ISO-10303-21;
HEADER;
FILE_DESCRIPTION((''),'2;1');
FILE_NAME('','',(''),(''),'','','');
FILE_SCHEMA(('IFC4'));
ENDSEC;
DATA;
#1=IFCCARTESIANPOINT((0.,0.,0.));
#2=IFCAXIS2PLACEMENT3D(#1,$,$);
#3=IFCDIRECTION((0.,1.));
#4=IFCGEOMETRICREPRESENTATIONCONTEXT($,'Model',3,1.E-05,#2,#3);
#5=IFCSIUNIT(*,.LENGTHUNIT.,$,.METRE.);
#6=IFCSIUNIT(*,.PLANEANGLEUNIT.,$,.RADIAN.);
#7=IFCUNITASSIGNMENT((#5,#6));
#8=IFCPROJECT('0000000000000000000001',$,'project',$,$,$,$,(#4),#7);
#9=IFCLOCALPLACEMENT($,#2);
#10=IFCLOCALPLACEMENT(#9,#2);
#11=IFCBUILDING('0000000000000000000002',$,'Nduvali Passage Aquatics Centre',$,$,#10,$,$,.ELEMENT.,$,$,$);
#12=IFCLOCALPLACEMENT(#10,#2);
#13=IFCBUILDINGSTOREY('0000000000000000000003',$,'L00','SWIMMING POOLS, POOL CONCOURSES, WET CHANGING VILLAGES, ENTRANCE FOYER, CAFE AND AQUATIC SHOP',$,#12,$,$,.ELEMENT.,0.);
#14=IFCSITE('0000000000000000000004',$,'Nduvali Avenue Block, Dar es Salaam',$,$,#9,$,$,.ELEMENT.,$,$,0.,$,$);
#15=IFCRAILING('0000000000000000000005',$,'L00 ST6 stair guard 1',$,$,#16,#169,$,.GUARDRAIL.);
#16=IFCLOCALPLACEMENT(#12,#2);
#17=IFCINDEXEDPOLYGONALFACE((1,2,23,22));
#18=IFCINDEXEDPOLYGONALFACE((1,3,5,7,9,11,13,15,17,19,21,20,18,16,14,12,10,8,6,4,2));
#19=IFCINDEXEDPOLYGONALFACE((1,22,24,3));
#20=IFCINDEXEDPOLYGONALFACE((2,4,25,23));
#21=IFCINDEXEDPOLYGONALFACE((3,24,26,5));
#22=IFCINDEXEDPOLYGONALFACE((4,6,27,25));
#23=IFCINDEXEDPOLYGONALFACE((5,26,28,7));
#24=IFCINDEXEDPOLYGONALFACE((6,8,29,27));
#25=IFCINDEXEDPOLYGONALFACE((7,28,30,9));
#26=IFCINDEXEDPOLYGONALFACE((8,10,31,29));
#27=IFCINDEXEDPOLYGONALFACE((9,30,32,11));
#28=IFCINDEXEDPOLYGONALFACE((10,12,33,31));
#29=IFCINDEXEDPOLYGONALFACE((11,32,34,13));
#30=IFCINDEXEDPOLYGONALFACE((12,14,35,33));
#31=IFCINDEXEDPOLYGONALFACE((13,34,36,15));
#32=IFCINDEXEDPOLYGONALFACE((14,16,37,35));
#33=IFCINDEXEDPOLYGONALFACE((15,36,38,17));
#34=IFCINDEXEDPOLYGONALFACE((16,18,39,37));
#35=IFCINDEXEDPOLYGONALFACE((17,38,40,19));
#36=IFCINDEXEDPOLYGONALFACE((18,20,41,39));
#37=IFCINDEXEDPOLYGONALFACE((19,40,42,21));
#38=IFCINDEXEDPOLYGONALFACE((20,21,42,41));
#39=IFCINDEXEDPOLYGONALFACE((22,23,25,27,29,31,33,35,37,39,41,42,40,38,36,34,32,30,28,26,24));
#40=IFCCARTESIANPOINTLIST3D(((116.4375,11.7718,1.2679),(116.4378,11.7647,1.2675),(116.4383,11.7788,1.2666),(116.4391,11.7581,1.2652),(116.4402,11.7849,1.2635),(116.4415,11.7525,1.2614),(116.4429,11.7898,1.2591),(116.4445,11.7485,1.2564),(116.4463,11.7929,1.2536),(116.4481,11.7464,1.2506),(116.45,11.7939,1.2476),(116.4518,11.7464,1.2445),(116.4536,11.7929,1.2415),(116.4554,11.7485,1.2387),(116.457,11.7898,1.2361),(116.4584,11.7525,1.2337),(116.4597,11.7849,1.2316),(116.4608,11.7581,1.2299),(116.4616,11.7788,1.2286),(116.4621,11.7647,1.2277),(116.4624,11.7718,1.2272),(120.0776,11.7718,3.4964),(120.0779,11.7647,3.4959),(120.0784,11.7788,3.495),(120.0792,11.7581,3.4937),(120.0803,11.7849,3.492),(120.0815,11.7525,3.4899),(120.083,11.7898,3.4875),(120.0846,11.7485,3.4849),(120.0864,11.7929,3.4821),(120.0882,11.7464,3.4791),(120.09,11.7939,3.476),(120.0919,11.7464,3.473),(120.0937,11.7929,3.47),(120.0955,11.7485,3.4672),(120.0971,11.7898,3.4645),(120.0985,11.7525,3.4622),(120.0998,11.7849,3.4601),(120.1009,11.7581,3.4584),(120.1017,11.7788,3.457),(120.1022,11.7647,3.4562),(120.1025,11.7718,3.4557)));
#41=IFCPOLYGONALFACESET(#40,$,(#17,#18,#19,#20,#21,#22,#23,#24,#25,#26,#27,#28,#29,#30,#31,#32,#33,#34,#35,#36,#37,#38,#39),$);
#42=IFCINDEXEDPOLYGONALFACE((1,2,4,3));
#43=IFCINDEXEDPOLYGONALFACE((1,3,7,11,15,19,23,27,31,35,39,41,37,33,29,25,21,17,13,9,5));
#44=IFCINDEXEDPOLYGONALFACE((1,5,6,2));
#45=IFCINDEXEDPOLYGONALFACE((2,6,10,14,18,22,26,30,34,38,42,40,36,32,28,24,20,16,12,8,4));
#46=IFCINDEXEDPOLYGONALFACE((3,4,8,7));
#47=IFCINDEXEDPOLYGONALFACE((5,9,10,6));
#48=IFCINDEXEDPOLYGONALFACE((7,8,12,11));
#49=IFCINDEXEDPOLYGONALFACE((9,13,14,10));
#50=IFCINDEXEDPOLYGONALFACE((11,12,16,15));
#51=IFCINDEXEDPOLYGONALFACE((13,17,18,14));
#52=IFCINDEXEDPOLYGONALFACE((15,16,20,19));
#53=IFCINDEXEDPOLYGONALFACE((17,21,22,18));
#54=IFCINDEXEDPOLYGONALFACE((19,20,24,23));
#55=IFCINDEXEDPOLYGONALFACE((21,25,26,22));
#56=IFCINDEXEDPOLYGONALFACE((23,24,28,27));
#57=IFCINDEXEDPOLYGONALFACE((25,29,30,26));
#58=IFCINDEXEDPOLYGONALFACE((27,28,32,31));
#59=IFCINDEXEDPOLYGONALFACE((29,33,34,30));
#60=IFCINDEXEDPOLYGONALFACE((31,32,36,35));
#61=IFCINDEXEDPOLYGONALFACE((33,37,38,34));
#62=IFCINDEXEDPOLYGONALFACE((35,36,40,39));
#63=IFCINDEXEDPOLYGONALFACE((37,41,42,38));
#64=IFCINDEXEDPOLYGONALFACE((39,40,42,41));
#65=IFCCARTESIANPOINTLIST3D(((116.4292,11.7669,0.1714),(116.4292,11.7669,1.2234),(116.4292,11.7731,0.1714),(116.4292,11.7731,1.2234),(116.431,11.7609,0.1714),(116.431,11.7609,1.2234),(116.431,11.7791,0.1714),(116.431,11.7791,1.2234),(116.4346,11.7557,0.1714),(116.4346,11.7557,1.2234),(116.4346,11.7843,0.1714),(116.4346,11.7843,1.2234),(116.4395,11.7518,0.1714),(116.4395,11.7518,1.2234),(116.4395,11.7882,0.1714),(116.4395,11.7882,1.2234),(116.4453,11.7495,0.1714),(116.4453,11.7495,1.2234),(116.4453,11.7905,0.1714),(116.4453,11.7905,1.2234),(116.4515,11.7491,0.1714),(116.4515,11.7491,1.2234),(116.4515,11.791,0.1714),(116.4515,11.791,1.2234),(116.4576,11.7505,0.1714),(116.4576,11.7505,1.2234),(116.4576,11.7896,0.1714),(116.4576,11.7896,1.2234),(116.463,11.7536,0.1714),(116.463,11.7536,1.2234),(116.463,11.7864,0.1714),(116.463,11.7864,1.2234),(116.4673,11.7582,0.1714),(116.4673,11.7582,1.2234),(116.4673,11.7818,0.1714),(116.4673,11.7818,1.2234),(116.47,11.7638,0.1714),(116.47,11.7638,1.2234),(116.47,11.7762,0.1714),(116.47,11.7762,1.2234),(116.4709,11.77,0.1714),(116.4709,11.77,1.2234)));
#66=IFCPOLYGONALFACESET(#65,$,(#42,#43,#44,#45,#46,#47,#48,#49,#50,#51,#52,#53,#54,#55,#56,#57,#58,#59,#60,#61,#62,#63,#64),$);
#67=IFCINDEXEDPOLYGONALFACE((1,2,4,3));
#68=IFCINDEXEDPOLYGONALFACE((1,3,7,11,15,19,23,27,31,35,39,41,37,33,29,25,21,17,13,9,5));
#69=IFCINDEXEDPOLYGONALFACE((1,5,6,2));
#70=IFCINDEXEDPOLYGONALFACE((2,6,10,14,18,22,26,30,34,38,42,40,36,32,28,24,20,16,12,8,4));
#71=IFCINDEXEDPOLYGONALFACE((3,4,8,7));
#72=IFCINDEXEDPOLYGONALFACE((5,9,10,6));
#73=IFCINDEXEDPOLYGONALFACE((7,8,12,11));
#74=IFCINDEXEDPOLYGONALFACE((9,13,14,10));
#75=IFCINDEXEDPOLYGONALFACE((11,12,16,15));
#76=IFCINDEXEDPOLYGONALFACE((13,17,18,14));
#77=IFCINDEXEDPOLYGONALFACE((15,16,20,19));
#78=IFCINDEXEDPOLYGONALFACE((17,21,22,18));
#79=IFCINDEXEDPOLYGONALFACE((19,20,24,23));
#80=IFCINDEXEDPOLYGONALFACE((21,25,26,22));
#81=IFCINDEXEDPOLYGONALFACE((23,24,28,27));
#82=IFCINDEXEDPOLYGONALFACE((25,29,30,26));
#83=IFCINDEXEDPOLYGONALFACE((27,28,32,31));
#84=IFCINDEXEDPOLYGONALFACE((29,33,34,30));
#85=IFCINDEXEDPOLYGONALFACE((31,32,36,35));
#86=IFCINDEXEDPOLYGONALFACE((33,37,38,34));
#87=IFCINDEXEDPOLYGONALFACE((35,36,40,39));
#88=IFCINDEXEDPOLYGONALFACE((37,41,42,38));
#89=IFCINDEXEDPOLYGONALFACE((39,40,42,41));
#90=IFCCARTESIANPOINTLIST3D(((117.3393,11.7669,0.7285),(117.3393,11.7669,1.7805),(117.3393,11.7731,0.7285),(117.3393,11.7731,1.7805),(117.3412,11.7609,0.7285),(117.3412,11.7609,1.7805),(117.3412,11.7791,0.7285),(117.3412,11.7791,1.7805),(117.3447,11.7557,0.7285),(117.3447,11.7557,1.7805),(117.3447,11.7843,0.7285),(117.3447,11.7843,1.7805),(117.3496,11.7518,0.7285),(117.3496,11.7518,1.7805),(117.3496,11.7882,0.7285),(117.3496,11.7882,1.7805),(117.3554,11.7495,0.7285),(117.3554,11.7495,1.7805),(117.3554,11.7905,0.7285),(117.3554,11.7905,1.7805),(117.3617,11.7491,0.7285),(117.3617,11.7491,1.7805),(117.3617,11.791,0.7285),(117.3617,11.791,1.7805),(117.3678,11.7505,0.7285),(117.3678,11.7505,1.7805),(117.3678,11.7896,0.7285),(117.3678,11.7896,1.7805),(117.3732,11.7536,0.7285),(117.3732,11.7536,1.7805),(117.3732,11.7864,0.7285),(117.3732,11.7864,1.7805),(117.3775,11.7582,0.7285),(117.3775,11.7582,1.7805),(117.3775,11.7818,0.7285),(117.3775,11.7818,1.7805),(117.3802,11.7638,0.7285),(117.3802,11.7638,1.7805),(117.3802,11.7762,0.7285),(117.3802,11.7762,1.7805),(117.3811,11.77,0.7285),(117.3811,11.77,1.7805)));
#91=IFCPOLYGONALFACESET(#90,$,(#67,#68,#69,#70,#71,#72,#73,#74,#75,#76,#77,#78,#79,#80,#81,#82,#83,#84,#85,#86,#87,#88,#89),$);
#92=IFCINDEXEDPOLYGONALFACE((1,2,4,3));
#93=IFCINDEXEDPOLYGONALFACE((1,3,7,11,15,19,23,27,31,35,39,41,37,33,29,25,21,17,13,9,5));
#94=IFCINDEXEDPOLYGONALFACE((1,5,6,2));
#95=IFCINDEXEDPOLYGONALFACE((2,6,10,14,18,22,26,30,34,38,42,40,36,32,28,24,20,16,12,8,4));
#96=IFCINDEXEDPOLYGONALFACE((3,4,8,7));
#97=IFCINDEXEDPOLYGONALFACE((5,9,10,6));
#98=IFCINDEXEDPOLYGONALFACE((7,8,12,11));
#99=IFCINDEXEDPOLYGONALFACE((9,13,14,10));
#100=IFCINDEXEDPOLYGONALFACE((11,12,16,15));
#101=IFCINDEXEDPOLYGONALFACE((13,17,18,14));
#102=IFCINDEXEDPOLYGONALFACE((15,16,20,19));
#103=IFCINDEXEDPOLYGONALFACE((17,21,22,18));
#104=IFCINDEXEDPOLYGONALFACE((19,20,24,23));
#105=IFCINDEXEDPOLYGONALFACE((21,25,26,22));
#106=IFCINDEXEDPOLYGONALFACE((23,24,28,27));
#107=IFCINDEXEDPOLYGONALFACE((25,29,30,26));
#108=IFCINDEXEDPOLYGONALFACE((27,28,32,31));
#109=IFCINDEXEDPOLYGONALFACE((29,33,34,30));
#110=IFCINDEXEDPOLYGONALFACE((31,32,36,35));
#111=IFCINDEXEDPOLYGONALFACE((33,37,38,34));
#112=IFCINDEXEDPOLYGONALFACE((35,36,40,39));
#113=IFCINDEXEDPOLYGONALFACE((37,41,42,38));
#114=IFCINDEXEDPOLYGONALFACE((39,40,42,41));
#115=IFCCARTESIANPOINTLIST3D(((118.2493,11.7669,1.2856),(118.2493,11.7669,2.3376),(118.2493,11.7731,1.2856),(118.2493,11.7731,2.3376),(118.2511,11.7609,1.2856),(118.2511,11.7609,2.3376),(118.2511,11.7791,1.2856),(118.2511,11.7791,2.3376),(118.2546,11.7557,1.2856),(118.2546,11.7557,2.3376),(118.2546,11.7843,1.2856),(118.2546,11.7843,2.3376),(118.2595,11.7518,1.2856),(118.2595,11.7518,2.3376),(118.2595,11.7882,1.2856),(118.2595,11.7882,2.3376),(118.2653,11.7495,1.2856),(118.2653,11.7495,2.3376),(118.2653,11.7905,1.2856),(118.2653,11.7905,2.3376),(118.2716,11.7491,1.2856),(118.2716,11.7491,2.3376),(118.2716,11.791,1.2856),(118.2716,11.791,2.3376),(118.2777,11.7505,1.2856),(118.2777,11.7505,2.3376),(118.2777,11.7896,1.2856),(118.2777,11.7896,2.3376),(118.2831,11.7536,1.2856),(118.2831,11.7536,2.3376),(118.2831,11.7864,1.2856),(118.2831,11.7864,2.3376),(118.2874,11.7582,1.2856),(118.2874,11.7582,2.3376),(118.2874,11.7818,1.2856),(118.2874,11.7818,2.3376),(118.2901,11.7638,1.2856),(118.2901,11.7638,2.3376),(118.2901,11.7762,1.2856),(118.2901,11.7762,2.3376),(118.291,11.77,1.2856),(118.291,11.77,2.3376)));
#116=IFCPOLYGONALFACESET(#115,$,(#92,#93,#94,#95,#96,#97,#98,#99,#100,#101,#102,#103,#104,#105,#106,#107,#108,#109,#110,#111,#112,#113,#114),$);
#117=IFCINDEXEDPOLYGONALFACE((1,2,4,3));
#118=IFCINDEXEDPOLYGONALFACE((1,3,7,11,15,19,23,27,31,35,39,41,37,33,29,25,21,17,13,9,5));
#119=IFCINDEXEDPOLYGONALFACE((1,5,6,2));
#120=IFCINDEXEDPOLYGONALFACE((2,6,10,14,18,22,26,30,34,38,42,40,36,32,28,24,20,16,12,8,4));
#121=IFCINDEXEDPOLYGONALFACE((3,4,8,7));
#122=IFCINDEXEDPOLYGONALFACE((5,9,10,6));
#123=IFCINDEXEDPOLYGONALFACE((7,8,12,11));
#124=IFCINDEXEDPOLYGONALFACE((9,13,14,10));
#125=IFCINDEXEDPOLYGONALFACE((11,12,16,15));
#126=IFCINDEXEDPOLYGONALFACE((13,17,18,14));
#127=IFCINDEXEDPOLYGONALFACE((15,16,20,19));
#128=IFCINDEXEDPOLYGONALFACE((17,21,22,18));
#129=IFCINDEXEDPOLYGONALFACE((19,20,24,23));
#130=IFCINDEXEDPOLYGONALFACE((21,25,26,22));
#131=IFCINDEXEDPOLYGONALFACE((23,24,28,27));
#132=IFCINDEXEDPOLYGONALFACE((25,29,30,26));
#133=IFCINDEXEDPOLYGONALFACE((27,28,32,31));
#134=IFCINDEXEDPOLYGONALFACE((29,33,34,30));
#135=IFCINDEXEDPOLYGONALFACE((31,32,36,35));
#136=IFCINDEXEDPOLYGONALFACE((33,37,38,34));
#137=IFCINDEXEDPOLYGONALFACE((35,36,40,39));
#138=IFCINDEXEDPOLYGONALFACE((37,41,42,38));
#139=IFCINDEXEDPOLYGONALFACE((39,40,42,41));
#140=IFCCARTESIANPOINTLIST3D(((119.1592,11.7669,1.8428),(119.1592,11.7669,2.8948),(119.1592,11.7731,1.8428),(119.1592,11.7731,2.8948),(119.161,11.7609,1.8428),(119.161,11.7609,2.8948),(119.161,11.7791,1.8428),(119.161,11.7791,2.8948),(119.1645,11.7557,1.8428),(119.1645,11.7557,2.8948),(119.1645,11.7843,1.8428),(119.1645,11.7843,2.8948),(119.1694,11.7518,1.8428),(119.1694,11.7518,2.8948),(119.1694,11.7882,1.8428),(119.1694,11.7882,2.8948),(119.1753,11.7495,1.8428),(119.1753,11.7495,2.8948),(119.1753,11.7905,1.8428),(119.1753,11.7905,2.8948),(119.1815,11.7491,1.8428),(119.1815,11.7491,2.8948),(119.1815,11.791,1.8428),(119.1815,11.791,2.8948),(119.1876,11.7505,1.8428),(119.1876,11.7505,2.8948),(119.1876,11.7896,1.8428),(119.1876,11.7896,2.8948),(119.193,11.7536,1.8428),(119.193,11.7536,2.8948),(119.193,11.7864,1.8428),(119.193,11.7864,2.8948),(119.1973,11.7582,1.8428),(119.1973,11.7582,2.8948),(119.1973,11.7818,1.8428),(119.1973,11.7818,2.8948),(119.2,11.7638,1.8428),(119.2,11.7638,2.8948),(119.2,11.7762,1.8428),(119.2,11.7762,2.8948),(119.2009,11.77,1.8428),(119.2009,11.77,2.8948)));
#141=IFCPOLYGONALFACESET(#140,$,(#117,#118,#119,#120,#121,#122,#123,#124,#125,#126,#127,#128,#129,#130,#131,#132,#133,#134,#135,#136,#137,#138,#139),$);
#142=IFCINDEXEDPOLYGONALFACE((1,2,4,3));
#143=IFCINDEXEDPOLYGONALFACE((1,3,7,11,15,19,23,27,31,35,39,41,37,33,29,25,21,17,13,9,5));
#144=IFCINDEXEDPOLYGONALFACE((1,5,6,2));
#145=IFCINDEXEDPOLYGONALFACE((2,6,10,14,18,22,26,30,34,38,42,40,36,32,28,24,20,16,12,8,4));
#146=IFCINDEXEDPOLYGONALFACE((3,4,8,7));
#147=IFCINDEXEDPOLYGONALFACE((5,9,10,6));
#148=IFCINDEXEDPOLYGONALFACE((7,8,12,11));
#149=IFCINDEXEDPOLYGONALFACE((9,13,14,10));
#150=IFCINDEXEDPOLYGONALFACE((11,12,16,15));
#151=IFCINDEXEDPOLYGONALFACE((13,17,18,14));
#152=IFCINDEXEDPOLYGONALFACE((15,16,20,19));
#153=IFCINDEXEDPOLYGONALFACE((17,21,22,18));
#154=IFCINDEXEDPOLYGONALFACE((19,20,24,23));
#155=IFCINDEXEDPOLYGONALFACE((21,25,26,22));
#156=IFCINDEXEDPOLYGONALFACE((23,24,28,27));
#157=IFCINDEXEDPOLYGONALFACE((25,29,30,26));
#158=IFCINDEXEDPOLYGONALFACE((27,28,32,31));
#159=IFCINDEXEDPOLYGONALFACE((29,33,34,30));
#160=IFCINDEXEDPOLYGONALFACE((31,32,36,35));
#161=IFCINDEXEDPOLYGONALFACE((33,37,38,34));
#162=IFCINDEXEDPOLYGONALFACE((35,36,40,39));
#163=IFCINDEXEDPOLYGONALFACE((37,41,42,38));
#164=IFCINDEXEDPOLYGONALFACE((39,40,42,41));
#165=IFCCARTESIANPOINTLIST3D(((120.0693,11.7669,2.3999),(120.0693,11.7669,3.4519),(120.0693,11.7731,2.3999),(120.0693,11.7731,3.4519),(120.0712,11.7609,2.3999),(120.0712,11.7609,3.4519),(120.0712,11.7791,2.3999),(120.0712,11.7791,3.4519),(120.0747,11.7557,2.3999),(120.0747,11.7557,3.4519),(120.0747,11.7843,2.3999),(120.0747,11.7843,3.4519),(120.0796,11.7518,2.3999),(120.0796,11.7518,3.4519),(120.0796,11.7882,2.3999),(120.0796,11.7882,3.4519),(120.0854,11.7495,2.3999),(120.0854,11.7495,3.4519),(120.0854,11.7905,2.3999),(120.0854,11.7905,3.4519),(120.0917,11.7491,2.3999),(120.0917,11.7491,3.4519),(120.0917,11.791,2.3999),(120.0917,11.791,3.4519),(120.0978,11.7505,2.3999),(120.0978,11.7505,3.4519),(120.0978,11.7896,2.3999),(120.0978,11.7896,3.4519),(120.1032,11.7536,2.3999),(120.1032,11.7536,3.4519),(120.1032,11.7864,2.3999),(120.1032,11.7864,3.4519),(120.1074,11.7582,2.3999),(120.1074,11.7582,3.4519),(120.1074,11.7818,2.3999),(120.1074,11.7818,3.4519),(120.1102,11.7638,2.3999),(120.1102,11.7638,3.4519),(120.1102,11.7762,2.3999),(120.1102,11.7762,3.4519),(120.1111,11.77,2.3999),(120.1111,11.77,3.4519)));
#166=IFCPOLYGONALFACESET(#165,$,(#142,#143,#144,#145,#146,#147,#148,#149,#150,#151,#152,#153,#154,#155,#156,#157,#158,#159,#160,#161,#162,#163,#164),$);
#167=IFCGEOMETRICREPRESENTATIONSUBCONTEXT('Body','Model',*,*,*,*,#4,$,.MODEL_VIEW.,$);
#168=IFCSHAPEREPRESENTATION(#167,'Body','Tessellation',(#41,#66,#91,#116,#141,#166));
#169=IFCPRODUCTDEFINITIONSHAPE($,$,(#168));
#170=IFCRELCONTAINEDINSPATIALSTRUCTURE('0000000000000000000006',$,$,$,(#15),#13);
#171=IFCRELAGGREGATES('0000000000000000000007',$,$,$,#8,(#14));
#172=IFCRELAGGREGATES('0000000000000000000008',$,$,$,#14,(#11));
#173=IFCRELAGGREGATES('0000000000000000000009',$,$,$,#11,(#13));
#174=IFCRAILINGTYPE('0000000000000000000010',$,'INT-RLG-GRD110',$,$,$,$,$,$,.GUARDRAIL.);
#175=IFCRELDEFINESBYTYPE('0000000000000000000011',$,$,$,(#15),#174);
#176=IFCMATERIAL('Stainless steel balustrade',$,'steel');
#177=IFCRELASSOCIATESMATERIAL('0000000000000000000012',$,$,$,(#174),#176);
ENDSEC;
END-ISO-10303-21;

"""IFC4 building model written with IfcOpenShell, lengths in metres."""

from ifc_helpers import new_model, si_unit, direction, frame, origin, origin_2d, place, context, subcontext, project, spatial, circle, extrude, material, type_object, element, save


model = new_model("IFC4")

# Units and contexts
model_context = context("Model", 3, precision=1e-05, world=origin(), true_north=direction((0.0, 1.0)))
body_context = subcontext(model_context, "Body", "Model", "MODEL_VIEW")
ifc_project = project(units=[si_unit("LENGTHUNIT", "METRE"), si_unit("PLANEANGLEUNIT", "RADIAN")], contexts=[model_context])

# Site, building, storey
site_placement = place(None, origin())
site = spatial("IfcSite", under=ifc_project, at=site_placement, Name="Nduvali Avenue Block, Dar es Salaam", CompositionType="ELEMENT", RefElevation=0.0)
building_placement = place(site_placement, origin())
building = spatial("IfcBuilding", under=site, at=building_placement, Name="Nduvali Passage Aquatics Centre", CompositionType="ELEMENT")
storey_placement = place(building_placement, origin())
storey = spatial("IfcBuildingStorey", under=building, at=storey_placement, Name="L00", Description="SWIMMING POOLS, POOL CONCOURSES, WET CHANGING VILLAGES, ENTRANCE FOYER, CAFE AND AQUATIC SHOP", CompositionType="ELEMENT", Elevation=0.0)

# Railing
ifc_material_1 = material(Name="Stainless steel balustrade", Category="steel")
railing_type_1 = type_object("IfcRailingType", Name="INT-RLG-GRD110", PredefinedType="GUARDRAIL", material=ifc_material_1)
railing_1_placement = place(storey_placement, frame((116.45, 11.77, 0.1714)))
element("IfcRailing", 1, at=railing_1_placement, inside=storey, type_object=railing_type_1, Name="L00 ST6 stair guard 1", PredefinedType="GUARDRAIL", context=body_context, shape_type="SweptSolid", body=[
    extrude(circle(Radius=0.0239, at=origin_2d()), frame((0.0, 0.0, 1.0762), z_axis=(0.852866, 0.0, 0.52213), x_axis=(0.0, 1.0, 0.0)), (0.0, 0.0, 1.0), 4.2681),
    extrude(circle(Radius=0.021, at=origin_2d()), origin(), (0.0, 0.0, 1.0), 1.052),
    extrude(circle(Radius=0.021, at=origin_2d()), frame((0.9102, 0.0, 0.5571)), (0.0, 0.0, 1.0), 1.052),
    extrude(circle(Radius=0.021, at=origin_2d()), frame((1.8201, 0.0, 1.1143)), (0.0, 0.0, 1.0), 1.052),
    extrude(circle(Radius=0.021, at=origin_2d()), frame((2.73, 0.0, 1.6714)), (0.0, 0.0, 1.0), 1.052),
    extrude(circle(Radius=0.021, at=origin_2d()), frame((3.6401, 0.0, 2.2285)), (0.0, 0.0, 1.0), 1.052),
])

save(model, "model.ifc")
